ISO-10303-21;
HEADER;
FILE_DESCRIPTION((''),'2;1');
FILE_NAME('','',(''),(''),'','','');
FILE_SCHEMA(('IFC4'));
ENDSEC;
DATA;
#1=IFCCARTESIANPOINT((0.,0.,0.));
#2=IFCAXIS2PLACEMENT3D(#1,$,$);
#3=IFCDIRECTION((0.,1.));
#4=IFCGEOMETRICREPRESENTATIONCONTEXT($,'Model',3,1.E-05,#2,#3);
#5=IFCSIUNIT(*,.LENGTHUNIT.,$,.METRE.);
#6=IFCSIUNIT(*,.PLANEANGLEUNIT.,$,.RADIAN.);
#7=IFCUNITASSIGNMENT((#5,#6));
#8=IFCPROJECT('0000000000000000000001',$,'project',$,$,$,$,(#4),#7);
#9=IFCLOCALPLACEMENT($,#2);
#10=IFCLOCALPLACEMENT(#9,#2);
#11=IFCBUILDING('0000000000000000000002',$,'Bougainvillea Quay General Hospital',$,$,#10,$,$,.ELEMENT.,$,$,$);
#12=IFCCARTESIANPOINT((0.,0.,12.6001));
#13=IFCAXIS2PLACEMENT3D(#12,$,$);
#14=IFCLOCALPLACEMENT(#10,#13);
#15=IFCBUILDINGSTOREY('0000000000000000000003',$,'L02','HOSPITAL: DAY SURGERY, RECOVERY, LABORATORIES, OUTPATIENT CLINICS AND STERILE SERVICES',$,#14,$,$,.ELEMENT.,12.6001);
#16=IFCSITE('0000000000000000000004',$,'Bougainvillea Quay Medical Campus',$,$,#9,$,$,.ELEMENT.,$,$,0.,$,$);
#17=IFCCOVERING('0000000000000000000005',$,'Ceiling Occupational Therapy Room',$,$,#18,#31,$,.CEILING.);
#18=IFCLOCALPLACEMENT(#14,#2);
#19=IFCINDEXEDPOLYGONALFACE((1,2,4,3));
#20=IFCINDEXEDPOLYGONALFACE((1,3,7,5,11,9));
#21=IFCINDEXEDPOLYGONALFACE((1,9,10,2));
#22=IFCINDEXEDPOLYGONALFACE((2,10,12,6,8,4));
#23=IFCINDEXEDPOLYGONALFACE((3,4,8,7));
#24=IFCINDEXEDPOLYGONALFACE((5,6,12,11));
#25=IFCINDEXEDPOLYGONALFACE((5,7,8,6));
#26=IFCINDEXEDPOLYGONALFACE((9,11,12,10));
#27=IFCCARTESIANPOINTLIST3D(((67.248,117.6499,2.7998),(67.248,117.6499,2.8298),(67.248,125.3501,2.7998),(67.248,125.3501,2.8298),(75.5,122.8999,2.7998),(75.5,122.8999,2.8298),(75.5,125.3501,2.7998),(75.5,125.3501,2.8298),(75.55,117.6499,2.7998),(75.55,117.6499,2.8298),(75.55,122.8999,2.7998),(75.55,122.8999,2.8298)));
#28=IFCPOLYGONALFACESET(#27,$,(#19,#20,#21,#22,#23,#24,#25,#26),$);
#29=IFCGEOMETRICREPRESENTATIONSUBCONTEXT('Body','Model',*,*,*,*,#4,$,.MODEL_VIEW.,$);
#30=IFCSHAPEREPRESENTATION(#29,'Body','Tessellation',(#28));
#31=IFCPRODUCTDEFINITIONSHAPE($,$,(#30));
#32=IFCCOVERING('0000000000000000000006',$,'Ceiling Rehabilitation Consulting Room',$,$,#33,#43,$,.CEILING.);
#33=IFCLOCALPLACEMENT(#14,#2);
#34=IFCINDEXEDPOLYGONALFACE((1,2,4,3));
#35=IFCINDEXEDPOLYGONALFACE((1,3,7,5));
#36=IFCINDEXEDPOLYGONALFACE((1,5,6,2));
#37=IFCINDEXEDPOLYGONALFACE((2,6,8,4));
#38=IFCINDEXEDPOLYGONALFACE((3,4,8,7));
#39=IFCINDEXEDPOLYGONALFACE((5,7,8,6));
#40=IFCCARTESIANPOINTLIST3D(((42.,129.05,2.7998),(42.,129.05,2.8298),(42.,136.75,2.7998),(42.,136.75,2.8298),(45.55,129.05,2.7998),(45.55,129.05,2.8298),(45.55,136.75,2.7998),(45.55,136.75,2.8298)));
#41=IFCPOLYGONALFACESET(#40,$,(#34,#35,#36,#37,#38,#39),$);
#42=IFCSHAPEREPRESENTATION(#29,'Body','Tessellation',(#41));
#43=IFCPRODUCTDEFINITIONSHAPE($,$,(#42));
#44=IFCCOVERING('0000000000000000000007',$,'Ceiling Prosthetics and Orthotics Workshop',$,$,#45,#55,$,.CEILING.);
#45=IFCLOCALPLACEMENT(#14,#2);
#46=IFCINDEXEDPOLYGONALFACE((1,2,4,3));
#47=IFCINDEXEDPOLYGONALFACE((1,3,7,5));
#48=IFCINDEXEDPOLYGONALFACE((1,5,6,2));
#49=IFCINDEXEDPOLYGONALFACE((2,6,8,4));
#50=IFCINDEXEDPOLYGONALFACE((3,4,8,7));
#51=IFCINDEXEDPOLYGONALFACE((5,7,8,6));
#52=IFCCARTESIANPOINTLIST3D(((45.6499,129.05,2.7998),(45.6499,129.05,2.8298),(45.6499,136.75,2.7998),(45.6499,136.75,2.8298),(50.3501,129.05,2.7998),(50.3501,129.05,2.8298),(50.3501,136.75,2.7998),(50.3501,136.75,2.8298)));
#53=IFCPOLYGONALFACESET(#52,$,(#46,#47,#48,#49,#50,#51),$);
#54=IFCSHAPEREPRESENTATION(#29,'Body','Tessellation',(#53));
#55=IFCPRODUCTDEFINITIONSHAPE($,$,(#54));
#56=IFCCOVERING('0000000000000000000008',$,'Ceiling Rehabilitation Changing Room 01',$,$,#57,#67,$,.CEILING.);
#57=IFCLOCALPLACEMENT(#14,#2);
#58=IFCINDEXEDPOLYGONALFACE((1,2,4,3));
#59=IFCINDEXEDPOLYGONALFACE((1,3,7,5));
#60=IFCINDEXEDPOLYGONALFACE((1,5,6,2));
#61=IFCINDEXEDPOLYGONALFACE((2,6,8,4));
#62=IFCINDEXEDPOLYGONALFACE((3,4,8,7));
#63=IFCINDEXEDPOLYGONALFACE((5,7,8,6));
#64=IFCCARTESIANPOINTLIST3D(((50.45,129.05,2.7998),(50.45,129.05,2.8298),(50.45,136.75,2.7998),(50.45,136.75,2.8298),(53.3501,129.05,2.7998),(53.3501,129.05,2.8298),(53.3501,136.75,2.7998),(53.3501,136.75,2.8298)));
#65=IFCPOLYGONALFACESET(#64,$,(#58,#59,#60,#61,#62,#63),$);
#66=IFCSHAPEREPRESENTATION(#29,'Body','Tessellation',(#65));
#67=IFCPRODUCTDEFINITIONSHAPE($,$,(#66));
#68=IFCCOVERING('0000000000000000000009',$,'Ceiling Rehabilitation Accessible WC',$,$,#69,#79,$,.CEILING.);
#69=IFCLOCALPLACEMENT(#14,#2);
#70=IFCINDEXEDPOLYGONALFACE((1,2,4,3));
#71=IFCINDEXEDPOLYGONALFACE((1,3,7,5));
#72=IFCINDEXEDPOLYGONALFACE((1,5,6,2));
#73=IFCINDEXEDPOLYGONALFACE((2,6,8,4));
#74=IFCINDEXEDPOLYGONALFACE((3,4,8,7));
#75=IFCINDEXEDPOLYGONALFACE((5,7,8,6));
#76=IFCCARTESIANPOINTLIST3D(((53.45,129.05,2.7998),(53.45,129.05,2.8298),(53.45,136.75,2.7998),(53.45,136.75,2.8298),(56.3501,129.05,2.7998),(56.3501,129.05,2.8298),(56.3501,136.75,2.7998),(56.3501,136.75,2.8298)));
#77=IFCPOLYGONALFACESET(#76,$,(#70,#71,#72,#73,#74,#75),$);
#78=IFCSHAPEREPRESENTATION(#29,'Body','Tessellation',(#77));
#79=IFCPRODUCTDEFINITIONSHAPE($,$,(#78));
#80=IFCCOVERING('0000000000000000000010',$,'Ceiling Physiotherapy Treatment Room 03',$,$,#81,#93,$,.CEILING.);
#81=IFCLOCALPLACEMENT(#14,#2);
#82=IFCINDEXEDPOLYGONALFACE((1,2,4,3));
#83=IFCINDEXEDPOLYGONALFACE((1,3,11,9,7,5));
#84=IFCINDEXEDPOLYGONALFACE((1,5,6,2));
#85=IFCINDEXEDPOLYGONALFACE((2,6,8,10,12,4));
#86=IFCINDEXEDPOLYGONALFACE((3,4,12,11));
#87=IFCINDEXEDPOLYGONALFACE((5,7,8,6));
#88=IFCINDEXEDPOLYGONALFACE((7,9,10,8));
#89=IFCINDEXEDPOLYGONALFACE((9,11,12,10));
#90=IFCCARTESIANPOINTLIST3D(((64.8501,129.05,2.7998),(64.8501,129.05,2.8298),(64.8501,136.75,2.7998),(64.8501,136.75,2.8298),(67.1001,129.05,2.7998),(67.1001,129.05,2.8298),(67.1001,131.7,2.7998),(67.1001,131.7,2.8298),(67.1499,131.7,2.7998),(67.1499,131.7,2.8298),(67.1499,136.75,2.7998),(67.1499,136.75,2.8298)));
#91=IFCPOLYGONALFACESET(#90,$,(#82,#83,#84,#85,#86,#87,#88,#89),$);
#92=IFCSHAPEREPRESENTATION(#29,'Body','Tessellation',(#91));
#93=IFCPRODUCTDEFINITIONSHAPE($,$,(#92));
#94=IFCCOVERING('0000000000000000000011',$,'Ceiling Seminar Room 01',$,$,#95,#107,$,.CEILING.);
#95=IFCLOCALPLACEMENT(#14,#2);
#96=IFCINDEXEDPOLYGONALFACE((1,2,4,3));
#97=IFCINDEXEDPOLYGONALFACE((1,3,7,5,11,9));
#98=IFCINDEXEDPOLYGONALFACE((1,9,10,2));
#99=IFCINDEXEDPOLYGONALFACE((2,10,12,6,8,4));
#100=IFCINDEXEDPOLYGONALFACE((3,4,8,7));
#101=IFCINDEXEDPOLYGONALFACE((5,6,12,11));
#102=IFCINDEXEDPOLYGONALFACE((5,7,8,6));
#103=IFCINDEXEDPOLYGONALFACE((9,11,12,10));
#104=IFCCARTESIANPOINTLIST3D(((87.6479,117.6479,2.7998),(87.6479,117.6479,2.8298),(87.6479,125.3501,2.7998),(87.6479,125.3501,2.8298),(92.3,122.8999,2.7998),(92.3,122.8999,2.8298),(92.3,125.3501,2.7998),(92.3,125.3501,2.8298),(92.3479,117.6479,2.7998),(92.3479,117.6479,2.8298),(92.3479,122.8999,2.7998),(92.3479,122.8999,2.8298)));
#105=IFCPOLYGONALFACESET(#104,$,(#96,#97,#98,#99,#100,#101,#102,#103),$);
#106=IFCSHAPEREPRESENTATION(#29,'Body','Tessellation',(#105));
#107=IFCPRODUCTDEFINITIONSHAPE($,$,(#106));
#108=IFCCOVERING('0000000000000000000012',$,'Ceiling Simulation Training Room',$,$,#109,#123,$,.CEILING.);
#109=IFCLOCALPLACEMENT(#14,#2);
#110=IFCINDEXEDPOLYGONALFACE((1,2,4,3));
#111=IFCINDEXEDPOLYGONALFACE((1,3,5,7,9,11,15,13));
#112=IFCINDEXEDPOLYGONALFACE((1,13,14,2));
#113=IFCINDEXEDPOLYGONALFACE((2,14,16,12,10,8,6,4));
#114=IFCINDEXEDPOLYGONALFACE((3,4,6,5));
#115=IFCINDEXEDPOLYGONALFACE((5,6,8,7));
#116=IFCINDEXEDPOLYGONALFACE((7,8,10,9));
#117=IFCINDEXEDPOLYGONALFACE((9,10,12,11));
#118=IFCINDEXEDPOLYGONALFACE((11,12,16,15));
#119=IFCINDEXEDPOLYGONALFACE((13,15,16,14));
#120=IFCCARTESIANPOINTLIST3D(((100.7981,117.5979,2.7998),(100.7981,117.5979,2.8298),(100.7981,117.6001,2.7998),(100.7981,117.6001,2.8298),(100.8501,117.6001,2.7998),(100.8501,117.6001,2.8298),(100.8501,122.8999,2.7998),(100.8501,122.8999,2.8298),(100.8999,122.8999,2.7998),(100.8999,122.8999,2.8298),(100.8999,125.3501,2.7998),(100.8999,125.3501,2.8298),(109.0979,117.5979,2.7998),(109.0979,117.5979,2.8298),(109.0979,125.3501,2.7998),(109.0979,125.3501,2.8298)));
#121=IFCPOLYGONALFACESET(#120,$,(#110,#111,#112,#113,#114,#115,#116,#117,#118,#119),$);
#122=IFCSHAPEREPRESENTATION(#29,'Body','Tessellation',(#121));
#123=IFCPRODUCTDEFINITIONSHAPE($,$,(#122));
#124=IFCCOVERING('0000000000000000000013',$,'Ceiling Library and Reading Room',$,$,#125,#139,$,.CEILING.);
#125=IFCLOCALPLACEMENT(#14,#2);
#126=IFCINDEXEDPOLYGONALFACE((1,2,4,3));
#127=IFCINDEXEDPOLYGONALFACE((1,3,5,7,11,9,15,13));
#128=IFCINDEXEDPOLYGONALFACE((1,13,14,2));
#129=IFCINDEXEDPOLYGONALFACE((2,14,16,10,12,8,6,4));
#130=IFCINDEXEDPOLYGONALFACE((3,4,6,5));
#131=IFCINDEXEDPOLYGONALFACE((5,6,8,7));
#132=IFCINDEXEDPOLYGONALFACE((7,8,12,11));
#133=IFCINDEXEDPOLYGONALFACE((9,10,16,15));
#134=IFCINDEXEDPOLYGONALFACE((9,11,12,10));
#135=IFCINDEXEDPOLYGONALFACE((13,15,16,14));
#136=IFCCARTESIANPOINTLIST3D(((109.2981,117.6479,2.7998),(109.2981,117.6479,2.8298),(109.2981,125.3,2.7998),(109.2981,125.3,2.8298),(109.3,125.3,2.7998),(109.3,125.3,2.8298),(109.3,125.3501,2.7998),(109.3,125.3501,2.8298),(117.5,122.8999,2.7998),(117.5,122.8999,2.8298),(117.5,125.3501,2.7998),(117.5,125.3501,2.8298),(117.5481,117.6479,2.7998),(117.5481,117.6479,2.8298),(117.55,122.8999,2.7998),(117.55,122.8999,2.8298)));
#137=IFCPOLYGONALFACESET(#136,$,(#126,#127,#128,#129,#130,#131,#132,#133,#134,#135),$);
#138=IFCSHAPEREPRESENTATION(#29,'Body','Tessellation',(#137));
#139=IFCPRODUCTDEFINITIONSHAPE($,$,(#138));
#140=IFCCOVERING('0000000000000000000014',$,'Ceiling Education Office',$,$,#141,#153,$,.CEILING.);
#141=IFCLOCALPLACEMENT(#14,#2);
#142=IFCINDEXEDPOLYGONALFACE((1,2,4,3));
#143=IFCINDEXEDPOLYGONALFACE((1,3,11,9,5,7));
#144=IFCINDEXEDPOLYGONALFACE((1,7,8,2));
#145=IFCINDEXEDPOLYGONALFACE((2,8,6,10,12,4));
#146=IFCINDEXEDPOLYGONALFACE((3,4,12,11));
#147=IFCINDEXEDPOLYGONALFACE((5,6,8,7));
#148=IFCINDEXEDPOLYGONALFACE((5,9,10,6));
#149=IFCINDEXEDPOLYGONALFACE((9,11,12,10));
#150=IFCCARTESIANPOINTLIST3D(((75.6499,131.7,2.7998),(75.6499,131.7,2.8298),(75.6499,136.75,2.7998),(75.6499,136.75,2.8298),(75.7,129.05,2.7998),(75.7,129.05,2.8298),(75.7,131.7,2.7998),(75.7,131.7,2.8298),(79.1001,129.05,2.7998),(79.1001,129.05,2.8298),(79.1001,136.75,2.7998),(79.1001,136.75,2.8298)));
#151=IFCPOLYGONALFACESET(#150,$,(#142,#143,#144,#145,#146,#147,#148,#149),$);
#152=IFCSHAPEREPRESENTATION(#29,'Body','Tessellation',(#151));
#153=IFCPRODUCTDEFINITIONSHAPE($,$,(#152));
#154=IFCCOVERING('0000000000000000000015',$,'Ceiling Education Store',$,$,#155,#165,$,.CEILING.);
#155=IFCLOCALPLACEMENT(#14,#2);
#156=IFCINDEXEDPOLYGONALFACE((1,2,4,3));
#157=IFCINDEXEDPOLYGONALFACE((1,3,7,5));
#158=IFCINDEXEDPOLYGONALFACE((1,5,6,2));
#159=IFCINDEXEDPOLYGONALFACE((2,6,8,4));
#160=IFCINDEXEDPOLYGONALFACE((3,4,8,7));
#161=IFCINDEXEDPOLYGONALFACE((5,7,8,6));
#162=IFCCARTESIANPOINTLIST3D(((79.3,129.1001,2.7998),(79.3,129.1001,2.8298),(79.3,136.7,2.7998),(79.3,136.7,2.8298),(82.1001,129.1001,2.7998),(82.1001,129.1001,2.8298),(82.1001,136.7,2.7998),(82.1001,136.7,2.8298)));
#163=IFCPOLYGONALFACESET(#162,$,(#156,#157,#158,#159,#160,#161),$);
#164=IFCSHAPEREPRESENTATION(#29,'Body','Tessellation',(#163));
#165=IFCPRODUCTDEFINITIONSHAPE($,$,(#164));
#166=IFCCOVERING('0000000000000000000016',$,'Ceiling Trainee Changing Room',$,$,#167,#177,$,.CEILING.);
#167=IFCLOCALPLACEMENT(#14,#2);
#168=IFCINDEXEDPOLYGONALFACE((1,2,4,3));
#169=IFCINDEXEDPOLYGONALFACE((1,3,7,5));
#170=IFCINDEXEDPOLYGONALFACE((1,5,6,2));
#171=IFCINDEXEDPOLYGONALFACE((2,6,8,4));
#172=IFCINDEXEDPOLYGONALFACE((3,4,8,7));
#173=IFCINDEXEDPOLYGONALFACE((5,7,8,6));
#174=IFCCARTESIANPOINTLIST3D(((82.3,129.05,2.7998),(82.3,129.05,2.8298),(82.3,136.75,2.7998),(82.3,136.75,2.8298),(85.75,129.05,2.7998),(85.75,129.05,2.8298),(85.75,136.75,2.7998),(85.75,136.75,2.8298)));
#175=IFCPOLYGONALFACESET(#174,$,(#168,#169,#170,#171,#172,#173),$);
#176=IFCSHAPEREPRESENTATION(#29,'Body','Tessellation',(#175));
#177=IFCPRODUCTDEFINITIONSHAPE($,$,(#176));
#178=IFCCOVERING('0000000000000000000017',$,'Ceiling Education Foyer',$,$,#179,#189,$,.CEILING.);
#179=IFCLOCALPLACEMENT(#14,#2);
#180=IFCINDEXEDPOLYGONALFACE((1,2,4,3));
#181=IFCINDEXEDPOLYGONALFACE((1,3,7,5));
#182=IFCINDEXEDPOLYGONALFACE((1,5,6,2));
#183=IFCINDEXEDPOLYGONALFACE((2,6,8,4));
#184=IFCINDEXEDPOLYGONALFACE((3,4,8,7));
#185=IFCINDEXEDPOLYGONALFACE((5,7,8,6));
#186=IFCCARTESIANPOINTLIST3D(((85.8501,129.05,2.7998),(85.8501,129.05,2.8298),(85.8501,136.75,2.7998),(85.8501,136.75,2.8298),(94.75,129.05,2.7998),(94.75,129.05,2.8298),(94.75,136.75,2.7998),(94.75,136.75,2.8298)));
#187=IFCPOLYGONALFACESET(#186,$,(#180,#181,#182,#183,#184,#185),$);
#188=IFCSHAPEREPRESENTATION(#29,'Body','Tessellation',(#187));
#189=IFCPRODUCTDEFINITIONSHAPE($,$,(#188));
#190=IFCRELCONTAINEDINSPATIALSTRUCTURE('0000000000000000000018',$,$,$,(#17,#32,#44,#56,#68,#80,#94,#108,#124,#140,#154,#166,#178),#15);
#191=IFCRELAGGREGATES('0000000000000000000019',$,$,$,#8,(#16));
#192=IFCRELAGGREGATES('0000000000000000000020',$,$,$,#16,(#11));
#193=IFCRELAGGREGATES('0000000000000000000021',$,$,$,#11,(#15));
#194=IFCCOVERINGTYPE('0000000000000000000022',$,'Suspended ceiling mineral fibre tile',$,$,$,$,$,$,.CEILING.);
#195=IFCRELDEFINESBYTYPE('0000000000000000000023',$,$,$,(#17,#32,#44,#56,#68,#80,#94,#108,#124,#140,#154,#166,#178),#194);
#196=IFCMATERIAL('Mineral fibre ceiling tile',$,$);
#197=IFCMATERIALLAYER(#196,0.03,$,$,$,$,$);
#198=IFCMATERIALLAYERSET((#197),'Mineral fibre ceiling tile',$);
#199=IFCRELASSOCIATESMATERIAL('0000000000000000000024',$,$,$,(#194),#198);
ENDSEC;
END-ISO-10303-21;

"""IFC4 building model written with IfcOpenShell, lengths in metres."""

from ifc_helpers import new_model, si_unit, direction, frame, origin, place, context, subcontext, project, spatial, polyline, outline, extrude, material, layer, layer_set, type_object, element, save


model = new_model("IFC4")

# Units and contexts
model_context = context("Model", 3, precision=1e-05, world=origin(), true_north=direction((0.0, 1.0)))
body_context = subcontext(model_context, "Body", "Model", "MODEL_VIEW")
ifc_project = project(units=[si_unit("LENGTHUNIT", "METRE"), si_unit("PLANEANGLEUNIT", "RADIAN")], contexts=[model_context])

# Site, building, storey
site_placement = place(None, origin())
site = spatial("IfcSite", under=ifc_project, at=site_placement, Name="Bougainvillea Quay Medical Campus", CompositionType="ELEMENT", RefElevation=0.0)
building_placement = place(site_placement, origin())
building = spatial("IfcBuilding", under=site, at=building_placement, Name="Bougainvillea Quay General Hospital", CompositionType="ELEMENT")
storey_placement = place(building_placement, frame((0.0, 0.0, 12.6001)))
storey = spatial("IfcBuildingStorey", under=building, at=storey_placement, Name="L02", Description="HOSPITAL: DAY SURGERY, RECOVERY, LABORATORIES, OUTPATIENT CLINICS AND STERILE SERVICES", CompositionType="ELEMENT", Elevation=12.6001)

# Coverings
ifc_material = material(Name="Mineral fibre ceiling tile")
ifc_layer = layer(ifc_material, 0.03)
ifc_layer_set = layer_set([ifc_layer], Name="Mineral fibre ceiling tile")
covering_type = type_object("IfcCoveringType", Name="Suspended ceiling mineral fibre tile", PredefinedType="CEILING", material=ifc_layer_set)
covering_1_placement = place(storey_placement, frame((0.0, 0.0, 2.7998)))
element("IfcCovering", 1, at=covering_1_placement, inside=storey, type_object=covering_type, Name="Ceiling Occupational Therapy Room", PredefinedType="CEILING", context=body_context, shape_type="SweptSolid", body=[
    extrude(outline(polyline([(75.55, 117.6499), (75.55, 122.8999), (75.5, 122.8999), (75.5, 125.3501), (67.248, 125.3501), (67.248, 117.6499), (75.55, 117.6499)])), origin(), (0.0, 0.0, 1.0), 0.03),
])
covering_2_placement = place(storey_placement, frame((0.0, 0.0, 2.7998)))
element("IfcCovering", 2, at=covering_2_placement, inside=storey, type_object=covering_type, Name="Ceiling Rehabilitation Consulting Room", PredefinedType="CEILING", context=body_context, shape_type="SweptSolid", body=[
    extrude(outline(polyline([(42.0, 129.05), (45.55, 129.05), (45.55, 136.75), (42.0, 136.75), (42.0, 129.05)])), origin(), (0.0, 0.0, 1.0), 0.03),
])
covering_3_placement = place(storey_placement, frame((0.0, 0.0, 2.7998)))
element("IfcCovering", 3, at=covering_3_placement, inside=storey, type_object=covering_type, Name="Ceiling Prosthetics and Orthotics Workshop", PredefinedType="CEILING", context=body_context, shape_type="SweptSolid", body=[
    extrude(outline(polyline([(45.6499, 129.05), (50.3501, 129.05), (50.3501, 136.75), (45.6499, 136.75), (45.6499, 129.05)])), origin(), (0.0, 0.0, 1.0), 0.03),
])
covering_4_placement = place(storey_placement, frame((0.0, 0.0, 2.7998)))
element("IfcCovering", 4, at=covering_4_placement, inside=storey, type_object=covering_type, Name="Ceiling Rehabilitation Changing Room 01", PredefinedType="CEILING", context=body_context, shape_type="SweptSolid", body=[
    extrude(outline(polyline([(50.45, 136.75), (50.45, 129.05), (53.3501, 129.05), (53.3501, 136.75), (50.45, 136.75)])), origin(), (0.0, 0.0, 1.0), 0.03),
])
covering_5_placement = place(storey_placement, frame((0.0, 0.0, 2.7998)))
element("IfcCovering", 5, at=covering_5_placement, inside=storey, type_object=covering_type, Name="Ceiling Rehabilitation Accessible WC", PredefinedType="CEILING", context=body_context, shape_type="SweptSolid", body=[
    extrude(outline(polyline([(53.45, 136.75), (53.45, 129.05), (56.3501, 129.05), (56.3501, 136.75), (53.45, 136.75)])), origin(), (0.0, 0.0, 1.0), 0.03),
])
covering_6_placement = place(storey_placement, frame((0.0, 0.0, 2.7998)))
element("IfcCovering", 6, at=covering_6_placement, inside=storey, type_object=covering_type, Name="Ceiling Physiotherapy Treatment Room 03", PredefinedType="CEILING", context=body_context, shape_type="SweptSolid", body=[
    extrude(outline(polyline([(67.1499, 131.7), (67.1499, 136.75), (64.8501, 136.75), (64.8501, 129.05), (67.1001, 129.05), (67.1001, 131.7), (67.1499, 131.7)])), origin(), (0.0, 0.0, 1.0), 0.03),
])
covering_7_placement = place(storey_placement, frame((0.0, 0.0, 2.7998)))
element("IfcCovering", 7, at=covering_7_placement, inside=storey, type_object=covering_type, Name="Ceiling Seminar Room 01", PredefinedType="CEILING", context=body_context, shape_type="SweptSolid", body=[
    extrude(outline(polyline([(87.6479, 125.3501), (87.6479, 117.6479), (92.3479, 117.6479), (92.3479, 122.8999), (92.3, 122.8999), (92.3, 125.3501), (87.6479, 125.3501)])), origin(), (0.0, 0.0, 1.0), 0.03),
])
covering_8_placement = place(storey_placement, frame((0.0, 0.0, 2.7998)))
element("IfcCovering", 8, at=covering_8_placement, inside=storey, type_object=covering_type, Name="Ceiling Simulation Training Room", PredefinedType="CEILING", context=body_context, shape_type="SweptSolid", body=[
    extrude(outline(polyline([(100.7981, 117.5979), (109.0979, 117.5979), (109.0979, 125.3501), (100.8999, 125.3501), (100.8999, 122.8999), (100.8501, 122.8999), (100.8501, 117.6001), (100.7981, 117.6001), (100.7981, 117.5979)])), origin(), (0.0, 0.0, 1.0), 0.03),
])
covering_9_placement = place(storey_placement, frame((0.0, 0.0, 2.7998)))
element("IfcCovering", 9, at=covering_9_placement, inside=storey, type_object=covering_type, Name="Ceiling Library and Reading Room", PredefinedType="CEILING", context=body_context, shape_type="SweptSolid", body=[
    extrude(outline(polyline([(117.55, 122.8999), (117.5, 122.8999), (117.5, 125.3501), (109.3, 125.3501), (109.3, 125.3), (109.2981, 125.3), (109.2981, 117.6479), (117.5481, 117.6479), (117.55, 122.8999)])), origin(), (0.0, 0.0, 1.0), 0.03),
])
covering_10_placement = place(storey_placement, frame((0.0, 0.0, 2.7998)))
element("IfcCovering", 10, at=covering_10_placement, inside=storey, type_object=covering_type, Name="Ceiling Education Office", PredefinedType="CEILING", context=body_context, shape_type="SweptSolid", body=[
    extrude(outline(polyline([(75.7, 131.7), (75.7, 129.05), (79.1001, 129.05), (79.1001, 136.75), (75.6499, 136.75), (75.6499, 131.7), (75.7, 131.7)])), origin(), (0.0, 0.0, 1.0), 0.03),
])
covering_11_placement = place(storey_placement, frame((0.0, 0.0, 2.7998)))
element("IfcCovering", 11, at=covering_11_placement, inside=storey, type_object=covering_type, Name="Ceiling Education Store", PredefinedType="CEILING", context=body_context, shape_type="SweptSolid", body=[
    extrude(outline(polyline([(82.1001, 129.1001), (82.1001, 136.7), (79.3, 136.7), (79.3, 129.1001), (82.1001, 129.1001)])), origin(), (0.0, 0.0, 1.0), 0.03),
])
covering_12_placement = place(storey_placement, frame((0.0, 0.0, 2.7998)))
element("IfcCovering", 12, at=covering_12_placement, inside=storey, type_object=covering_type, Name="Ceiling Trainee Changing Room", PredefinedType="CEILING", context=body_context, shape_type="SweptSolid", body=[
    extrude(outline(polyline([(85.75, 129.05), (85.75, 136.75), (82.3, 136.75), (82.3, 129.05), (85.75, 129.05)])), origin(), (0.0, 0.0, 1.0), 0.03),
])
covering_13_placement = place(storey_placement, frame((0.0, 0.0, 2.7998)))
element("IfcCovering", 13, at=covering_13_placement, inside=storey, type_object=covering_type, Name="Ceiling Education Foyer", PredefinedType="CEILING", context=body_context, shape_type="SweptSolid", body=[
    extrude(outline(polyline([(94.75, 129.05), (94.75, 136.75), (85.8501, 136.75), (85.8501, 129.05), (94.75, 129.05)])), origin(), (0.0, 0.0, 1.0), 0.03),
])

save(model, "model.ifc")
